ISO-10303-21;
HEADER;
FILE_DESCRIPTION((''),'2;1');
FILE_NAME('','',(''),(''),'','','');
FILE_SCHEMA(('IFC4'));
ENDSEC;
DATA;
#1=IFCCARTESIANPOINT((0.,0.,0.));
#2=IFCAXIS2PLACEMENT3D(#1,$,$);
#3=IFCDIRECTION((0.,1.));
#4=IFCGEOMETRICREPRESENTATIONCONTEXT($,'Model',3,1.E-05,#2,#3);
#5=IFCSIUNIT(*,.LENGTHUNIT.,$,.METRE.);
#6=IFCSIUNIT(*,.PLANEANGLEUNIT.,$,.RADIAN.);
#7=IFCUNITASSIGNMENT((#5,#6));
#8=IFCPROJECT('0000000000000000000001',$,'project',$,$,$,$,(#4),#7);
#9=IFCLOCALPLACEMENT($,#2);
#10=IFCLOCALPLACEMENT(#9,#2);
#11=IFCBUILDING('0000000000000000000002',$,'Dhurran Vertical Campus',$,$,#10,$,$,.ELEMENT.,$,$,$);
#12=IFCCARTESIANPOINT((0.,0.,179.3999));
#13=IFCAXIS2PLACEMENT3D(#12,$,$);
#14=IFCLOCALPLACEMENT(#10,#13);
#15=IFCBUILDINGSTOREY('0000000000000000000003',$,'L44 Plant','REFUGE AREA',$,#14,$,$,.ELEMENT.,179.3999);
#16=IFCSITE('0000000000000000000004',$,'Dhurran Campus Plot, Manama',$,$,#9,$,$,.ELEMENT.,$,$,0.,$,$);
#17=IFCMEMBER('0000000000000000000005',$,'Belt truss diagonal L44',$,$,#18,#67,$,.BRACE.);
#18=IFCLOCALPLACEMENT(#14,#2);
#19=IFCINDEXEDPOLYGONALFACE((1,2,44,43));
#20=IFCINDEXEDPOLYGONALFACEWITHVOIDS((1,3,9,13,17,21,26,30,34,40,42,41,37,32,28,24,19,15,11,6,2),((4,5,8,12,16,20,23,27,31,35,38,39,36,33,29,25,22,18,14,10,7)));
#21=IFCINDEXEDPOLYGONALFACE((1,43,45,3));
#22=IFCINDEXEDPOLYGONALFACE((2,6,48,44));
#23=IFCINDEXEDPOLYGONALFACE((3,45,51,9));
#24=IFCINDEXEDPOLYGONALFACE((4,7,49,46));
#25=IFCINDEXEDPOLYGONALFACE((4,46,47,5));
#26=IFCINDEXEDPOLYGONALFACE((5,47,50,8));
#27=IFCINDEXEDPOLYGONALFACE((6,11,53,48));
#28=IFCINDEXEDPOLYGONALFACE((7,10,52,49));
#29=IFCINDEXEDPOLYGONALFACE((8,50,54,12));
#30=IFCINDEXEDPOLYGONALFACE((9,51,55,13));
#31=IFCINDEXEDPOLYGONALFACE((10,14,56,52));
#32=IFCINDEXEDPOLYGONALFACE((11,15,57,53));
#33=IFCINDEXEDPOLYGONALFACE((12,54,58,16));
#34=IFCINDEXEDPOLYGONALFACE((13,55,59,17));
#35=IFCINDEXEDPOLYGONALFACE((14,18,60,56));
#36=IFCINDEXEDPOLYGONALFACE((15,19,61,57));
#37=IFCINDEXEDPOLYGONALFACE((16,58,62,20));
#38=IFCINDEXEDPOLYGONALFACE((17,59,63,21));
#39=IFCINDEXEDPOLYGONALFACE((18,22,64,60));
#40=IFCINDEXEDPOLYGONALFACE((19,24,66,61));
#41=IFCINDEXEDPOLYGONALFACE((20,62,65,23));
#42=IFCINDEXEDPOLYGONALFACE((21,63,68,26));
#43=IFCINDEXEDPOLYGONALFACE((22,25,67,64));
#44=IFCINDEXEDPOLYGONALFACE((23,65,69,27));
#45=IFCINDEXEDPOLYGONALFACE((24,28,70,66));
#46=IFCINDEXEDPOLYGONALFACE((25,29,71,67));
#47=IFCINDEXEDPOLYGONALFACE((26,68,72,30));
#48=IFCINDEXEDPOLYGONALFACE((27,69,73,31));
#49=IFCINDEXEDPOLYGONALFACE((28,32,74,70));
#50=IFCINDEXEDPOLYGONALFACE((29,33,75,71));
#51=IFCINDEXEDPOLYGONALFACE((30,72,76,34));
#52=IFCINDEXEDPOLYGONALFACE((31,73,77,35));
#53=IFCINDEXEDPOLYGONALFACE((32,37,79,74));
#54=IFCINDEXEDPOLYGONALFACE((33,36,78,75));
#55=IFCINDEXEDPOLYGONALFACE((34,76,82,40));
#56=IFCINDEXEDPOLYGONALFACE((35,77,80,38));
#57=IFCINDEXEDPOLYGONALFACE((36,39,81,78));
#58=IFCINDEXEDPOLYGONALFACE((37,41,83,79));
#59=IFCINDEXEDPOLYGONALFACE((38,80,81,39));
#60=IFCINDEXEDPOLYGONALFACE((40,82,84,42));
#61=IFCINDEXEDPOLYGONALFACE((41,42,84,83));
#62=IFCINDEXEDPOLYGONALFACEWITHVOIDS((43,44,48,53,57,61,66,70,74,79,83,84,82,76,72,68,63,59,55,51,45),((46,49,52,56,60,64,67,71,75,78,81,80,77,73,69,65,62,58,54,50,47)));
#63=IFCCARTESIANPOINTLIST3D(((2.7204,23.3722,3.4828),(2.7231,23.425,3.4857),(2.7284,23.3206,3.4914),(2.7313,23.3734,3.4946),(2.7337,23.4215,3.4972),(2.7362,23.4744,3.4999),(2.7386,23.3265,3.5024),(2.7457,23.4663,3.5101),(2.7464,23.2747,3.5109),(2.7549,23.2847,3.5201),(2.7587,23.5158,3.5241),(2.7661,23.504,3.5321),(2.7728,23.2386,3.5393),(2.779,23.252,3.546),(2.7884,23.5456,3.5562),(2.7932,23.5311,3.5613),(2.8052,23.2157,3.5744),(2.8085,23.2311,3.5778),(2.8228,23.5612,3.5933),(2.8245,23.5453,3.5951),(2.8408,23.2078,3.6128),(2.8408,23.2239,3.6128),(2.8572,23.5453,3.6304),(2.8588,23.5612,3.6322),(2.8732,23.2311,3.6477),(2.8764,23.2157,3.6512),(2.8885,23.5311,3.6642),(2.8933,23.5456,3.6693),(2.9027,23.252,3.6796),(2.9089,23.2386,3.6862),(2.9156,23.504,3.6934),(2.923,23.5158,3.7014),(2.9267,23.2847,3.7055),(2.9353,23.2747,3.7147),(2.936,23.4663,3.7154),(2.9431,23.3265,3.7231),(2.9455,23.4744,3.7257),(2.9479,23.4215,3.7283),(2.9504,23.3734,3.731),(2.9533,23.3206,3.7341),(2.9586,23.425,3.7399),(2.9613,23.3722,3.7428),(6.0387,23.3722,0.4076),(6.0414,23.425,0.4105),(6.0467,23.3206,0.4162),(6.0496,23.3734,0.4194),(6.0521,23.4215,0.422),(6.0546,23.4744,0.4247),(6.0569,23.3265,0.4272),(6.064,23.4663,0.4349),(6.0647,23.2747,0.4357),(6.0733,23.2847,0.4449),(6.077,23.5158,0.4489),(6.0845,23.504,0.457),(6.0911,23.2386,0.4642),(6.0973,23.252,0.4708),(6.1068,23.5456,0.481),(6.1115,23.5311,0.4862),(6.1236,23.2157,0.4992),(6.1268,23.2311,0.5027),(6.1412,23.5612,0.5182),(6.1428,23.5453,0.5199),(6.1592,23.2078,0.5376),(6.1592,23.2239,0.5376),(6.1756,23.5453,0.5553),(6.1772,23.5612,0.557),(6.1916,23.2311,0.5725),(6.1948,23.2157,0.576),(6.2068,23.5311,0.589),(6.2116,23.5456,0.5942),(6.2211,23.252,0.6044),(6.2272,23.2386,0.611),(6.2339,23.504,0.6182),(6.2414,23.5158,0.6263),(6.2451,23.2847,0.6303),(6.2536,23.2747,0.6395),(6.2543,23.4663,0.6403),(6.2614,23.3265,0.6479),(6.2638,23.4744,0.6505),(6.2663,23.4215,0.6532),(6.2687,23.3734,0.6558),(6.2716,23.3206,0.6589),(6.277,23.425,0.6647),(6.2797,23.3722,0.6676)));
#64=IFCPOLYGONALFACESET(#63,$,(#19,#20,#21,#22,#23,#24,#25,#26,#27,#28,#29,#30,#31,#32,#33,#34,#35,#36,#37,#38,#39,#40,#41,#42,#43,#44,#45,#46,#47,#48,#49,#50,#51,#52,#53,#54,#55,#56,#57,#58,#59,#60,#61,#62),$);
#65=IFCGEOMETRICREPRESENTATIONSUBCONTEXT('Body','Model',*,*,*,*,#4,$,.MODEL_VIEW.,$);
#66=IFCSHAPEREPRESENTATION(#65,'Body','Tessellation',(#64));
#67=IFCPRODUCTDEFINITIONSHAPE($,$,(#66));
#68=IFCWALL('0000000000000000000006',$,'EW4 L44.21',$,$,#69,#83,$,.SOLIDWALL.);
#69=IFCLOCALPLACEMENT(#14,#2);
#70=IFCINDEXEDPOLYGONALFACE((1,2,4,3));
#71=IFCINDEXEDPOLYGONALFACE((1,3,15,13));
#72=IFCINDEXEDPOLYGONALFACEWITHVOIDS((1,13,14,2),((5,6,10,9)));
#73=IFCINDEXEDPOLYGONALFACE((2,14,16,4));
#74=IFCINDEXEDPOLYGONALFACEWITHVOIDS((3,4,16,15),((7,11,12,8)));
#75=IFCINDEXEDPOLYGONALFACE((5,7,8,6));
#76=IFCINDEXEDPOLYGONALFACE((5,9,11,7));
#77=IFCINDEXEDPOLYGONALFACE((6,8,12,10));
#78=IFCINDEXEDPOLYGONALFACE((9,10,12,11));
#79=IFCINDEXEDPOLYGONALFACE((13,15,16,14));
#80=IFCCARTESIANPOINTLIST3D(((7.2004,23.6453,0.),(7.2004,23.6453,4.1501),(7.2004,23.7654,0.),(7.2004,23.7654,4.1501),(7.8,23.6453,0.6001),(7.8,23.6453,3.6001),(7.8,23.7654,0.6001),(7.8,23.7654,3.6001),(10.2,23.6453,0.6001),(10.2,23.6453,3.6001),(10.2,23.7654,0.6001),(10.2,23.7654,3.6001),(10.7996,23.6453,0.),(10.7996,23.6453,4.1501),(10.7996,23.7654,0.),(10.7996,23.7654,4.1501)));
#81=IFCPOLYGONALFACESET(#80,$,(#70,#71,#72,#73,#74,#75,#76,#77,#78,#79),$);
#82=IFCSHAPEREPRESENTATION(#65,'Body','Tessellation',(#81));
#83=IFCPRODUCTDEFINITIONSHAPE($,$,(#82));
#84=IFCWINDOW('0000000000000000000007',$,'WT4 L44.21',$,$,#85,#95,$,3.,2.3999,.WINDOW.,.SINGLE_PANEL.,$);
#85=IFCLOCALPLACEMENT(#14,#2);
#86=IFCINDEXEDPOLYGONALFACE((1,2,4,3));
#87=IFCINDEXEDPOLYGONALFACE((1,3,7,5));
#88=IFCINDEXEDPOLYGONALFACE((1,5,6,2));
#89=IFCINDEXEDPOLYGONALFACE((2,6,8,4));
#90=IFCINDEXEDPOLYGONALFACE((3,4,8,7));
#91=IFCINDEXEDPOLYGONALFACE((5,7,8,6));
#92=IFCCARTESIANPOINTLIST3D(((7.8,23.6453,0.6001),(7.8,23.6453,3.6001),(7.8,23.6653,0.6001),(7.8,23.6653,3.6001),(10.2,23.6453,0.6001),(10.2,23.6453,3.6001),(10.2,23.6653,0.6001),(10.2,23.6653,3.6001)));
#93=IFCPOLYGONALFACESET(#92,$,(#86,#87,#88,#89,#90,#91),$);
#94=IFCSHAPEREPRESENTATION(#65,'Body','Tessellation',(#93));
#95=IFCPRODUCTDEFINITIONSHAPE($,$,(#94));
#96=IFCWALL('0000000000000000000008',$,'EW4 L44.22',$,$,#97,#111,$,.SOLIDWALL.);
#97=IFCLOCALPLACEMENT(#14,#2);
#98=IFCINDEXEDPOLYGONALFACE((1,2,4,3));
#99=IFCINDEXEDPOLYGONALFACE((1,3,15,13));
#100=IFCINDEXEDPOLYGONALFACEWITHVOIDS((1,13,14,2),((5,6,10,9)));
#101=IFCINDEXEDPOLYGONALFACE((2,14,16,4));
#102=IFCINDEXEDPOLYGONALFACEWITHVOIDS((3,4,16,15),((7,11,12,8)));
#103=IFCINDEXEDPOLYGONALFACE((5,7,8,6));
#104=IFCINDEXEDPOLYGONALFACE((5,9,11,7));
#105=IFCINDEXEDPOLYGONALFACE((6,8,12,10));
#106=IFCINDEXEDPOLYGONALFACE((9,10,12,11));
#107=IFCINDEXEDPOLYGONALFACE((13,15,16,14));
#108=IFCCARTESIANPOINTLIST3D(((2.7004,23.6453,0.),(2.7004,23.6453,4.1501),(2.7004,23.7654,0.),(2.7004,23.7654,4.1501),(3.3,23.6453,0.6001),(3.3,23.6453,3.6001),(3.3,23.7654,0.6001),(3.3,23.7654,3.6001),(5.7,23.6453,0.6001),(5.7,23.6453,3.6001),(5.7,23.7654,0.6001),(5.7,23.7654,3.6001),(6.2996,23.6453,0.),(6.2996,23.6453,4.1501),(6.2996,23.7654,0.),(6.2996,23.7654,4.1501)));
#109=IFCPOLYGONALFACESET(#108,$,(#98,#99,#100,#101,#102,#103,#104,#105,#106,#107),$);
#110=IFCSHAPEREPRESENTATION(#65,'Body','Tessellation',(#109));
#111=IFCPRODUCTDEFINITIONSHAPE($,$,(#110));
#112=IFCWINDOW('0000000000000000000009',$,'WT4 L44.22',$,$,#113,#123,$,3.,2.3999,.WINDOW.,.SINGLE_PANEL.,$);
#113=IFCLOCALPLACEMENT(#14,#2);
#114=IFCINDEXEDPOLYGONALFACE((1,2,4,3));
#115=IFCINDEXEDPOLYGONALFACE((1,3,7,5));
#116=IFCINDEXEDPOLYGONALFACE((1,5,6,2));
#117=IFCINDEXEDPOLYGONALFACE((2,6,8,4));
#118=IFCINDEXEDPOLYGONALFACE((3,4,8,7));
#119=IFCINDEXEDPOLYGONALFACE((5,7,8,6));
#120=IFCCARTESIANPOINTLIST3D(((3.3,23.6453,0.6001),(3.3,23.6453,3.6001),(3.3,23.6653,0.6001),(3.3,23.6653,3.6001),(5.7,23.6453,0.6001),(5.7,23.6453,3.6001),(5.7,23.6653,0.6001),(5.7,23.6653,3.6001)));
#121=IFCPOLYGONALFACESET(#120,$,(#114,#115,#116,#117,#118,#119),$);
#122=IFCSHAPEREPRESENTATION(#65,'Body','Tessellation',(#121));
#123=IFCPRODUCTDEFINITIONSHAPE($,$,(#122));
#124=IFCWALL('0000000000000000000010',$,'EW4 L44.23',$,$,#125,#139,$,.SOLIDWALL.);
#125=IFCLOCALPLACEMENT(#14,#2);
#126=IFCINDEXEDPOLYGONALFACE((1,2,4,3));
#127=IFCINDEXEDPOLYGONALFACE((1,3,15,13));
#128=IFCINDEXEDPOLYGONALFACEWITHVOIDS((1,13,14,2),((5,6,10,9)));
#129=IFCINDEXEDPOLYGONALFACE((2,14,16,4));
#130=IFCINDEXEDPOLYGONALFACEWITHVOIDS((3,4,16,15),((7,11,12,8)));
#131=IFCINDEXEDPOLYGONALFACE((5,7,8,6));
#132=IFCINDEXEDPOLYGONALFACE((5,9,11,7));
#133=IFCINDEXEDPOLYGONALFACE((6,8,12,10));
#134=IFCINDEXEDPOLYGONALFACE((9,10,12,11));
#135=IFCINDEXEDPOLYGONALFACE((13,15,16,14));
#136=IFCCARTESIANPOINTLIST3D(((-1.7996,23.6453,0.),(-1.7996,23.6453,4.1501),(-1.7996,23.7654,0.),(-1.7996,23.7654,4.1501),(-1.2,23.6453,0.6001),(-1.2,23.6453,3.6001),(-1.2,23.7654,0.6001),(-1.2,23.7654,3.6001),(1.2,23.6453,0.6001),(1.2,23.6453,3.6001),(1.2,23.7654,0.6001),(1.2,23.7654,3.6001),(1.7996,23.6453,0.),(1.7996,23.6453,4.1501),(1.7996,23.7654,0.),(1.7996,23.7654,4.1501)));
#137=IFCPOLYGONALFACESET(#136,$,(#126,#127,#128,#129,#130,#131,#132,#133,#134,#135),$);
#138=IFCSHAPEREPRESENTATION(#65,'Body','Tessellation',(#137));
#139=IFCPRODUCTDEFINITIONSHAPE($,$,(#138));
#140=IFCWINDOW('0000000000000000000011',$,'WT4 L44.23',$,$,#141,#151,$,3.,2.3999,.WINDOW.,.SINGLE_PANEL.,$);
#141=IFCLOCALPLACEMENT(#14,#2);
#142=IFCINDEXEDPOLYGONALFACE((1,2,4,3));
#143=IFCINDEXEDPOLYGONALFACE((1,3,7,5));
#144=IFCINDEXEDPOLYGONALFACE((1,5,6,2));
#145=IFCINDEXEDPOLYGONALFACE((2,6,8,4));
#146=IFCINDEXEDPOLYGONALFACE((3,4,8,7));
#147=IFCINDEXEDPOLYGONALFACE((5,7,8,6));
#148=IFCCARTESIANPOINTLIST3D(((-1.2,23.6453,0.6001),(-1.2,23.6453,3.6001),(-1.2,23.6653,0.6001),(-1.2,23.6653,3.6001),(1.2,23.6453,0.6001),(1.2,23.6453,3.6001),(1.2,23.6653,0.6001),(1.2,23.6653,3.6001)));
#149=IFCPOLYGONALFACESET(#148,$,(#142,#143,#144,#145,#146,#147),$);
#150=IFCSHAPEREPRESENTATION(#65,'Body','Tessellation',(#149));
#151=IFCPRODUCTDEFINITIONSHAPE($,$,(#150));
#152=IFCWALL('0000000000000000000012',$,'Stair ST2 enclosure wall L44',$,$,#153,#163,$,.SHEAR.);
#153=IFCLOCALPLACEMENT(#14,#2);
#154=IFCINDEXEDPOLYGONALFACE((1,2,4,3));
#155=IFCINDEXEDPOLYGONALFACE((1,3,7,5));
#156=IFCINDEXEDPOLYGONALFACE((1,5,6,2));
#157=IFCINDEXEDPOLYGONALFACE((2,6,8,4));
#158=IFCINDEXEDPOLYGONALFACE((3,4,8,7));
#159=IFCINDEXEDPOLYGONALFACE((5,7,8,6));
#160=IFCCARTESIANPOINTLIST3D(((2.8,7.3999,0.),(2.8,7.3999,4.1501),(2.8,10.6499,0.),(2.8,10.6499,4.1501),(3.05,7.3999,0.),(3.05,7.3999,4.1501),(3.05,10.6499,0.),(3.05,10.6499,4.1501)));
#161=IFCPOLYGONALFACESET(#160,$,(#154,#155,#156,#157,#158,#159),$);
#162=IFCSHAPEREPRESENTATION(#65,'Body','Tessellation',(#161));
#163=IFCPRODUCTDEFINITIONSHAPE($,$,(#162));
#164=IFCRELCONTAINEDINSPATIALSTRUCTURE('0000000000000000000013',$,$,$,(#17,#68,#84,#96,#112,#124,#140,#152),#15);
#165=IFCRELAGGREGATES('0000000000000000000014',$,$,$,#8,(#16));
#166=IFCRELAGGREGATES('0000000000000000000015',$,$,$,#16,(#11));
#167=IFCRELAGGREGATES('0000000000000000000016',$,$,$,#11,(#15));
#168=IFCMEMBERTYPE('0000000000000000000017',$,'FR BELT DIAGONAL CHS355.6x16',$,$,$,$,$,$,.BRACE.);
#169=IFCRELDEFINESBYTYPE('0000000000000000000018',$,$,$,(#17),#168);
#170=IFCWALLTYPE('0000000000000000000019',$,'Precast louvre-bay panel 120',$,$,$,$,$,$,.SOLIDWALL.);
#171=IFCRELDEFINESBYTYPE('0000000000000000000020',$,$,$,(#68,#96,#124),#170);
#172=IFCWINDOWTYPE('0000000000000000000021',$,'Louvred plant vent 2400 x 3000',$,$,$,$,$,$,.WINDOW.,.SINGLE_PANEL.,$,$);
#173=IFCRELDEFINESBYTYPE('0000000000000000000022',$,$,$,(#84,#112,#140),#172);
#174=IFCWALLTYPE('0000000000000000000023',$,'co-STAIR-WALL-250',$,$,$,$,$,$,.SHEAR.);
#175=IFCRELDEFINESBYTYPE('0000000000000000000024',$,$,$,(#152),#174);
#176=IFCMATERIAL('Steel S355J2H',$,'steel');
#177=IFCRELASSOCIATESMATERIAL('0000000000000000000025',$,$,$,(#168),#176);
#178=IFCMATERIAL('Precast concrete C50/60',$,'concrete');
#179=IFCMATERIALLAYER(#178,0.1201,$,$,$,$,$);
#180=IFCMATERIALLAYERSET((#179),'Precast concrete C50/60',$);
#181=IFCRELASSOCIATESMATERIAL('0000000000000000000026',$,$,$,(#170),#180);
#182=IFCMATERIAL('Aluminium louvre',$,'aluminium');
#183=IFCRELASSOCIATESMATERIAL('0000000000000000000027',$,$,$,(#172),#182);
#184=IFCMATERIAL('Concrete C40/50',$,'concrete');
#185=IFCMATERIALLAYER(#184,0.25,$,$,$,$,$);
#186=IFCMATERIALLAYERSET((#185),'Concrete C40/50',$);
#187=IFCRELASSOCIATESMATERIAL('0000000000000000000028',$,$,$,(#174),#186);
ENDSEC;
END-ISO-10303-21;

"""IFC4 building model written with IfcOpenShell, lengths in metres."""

from ifc_helpers import new_model, si_unit, direction, frame, frame_2d, origin, origin_2d, place, context, subcontext, project, spatial, rectangle, hollow_circle, extrude, material, layer, layer_set, material_profile, profile_set, type_object, element, fill, save


model = new_model("IFC4")

# Units and contexts
model_context = context("Model", 3, precision=1e-05, world=origin(), true_north=direction((0.0, 1.0)))
body_context = subcontext(model_context, "Body", "Model", "MODEL_VIEW")
ifc_project = project(units=[si_unit("LENGTHUNIT", "METRE"), si_unit("PLANEANGLEUNIT", "RADIAN")], contexts=[model_context])

# Site, building, storey
site_placement = place(None, origin())
site = spatial("IfcSite", under=ifc_project, at=site_placement, Name="Dhurran Campus Plot, Manama", CompositionType="ELEMENT", RefElevation=0.0)
building_placement = place(site_placement, origin())
building = spatial("IfcBuilding", under=site, at=building_placement, Name="Dhurran Vertical Campus", CompositionType="ELEMENT")
storey_placement = place(building_placement, frame((0.0, 0.0, 179.3999)))
storey = spatial("IfcBuildingStorey", under=building, at=storey_placement, Name="L44 Plant", Description="REFUGE AREA", CompositionType="ELEMENT", Elevation=179.3999)

# Member
ifc_material_1 = material(Name="Steel S355J2H", Category="steel")
ifc_material_profile_1 = material_profile(ifc_material_1, hollow_circle(Radius=0.1777, WallThickness=0.0161, at=origin_2d()), Name="CHS355.6x16")
ifc_profile_set_1 = profile_set([ifc_material_profile_1], Name="Steel S355J2H")
member_type = type_object("IfcMemberType", Name="FR BELT DIAGONAL CHS355.6x16", PredefinedType="BRACE", material=ifc_profile_set_1)
for number, where, z_axis, x_axis, name in (
    (1, (6.1592, 23.3855, 0.5376), (-0.73347, 0.0, 0.679722), (0.0, -1.0, 0.0), "Belt truss diagonal L44"),
):
    element("IfcMember", number, at=place(storey_placement, frame(where, z_axis=z_axis, x_axis=x_axis)), inside=storey, type_object=member_type, Name=name, PredefinedType="BRACE", context=body_context, shape_type="SweptSolid", body=[
        extrude(hollow_circle(Radius=0.1777, WallThickness=0.0161, at=origin_2d()), origin(), (0.0, 0.0, 1.0), 4.5242),
    ])

# Walls, openings, windows
ifc_material_2 = material(Name="Precast concrete C50/60", Category="concrete")
ifc_layer_1 = layer(ifc_material_2, 0.1201)
ifc_layer_set_1 = layer_set([ifc_layer_1], Name="Precast concrete C50/60")
wall_type_1 = type_object("IfcWallType", Name="Precast louvre-bay panel 120", PredefinedType="SOLIDWALL", material=ifc_layer_set_1)
wall_1_placement = place(storey_placement, frame((10.7996, 23.7053, 0.0), z_axis=(0.0, 0.0, 1.0), x_axis=(-1.0, 0.0, 0.0)))
wall_1 = element("IfcWall", 2, at=wall_1_placement, inside=storey, type_object=wall_type_1, Name="EW4 L44.21", PredefinedType="SOLIDWALL", context=body_context, shape_type="SweptSolid", body=[
    extrude(rectangle(XDim=3.5991, YDim=0.1201, at=frame_2d((1.7996, 0.0))), origin(), (0.0, 0.0, 1.0), 4.1501),
])
opening_1_placement = place(wall_1_placement, frame((0.5996, 0.0, 0.6001)))
opening_1 = element("IfcOpeningElement", 3, at=opening_1_placement, cuts=wall_1, PredefinedType="OPENING", context=body_context, shape_type="SweptSolid", body=[
    extrude(rectangle(XDim=2.3999, YDim=3.0, at=frame_2d((1.2, 1.5))), frame((0.0, 0.0701, 0.0), z_axis=(0.0, -1.0, 0.0), x_axis=(1.0, 0.0, 0.0)), (0.0, 0.0, 1.0), 0.1401),
])
ifc_material_3 = material(Name="Aluminium louvre", Category="aluminium")
window_type = type_object("IfcWindowType", Name="Louvred plant vent 2400 x 3000", PartitioningType="SINGLE_PANEL", PredefinedType="WINDOW", material=ifc_material_3)
window_1_placement = place(opening_1_placement, origin())
window_1 = element("IfcWindow", 4, at=window_1_placement, inside=storey, type_object=window_type, Name="WT4 L44.21", OverallHeight=3.0, OverallWidth=2.3999, PartitioningType="SINGLE_PANEL", PredefinedType="WINDOW", context=body_context, shape_type="SweptSolid", body=[
    extrude(rectangle(XDim=2.3999, YDim=3.0, at=frame_2d((1.2, 1.5))), frame((0.0, 0.0601, 0.0), z_axis=(0.0, -1.0, 0.0), x_axis=(1.0, 0.0, 0.0)), (0.0, 0.0, 1.0), 0.02),
])
fill(opening_1, window_1)
wall_2_placement = place(storey_placement, frame((6.2996, 23.7053, 0.0), z_axis=(0.0, 0.0, 1.0), x_axis=(-1.0, 0.0, 0.0)))
wall_2 = element("IfcWall", 5, at=wall_2_placement, inside=storey, type_object=wall_type_1, Name="EW4 L44.22", PredefinedType="SOLIDWALL", context=body_context, shape_type="SweptSolid", body=[
    extrude(rectangle(XDim=3.5991, YDim=0.1201, at=frame_2d((1.7996, 0.0))), origin(), (0.0, 0.0, 1.0), 4.1501),
])
opening_2_placement = place(wall_2_placement, frame((0.5996, 0.0, 0.6001)))
opening_2 = element("IfcOpeningElement", 6, at=opening_2_placement, cuts=wall_2, PredefinedType="OPENING", context=body_context, shape_type="SweptSolid", body=[
    extrude(rectangle(XDim=2.3999, YDim=3.0, at=frame_2d((1.2, 1.5))), frame((0.0, 0.0701, 0.0), z_axis=(0.0, -1.0, 0.0), x_axis=(1.0, 0.0, 0.0)), (0.0, 0.0, 1.0), 0.1401),
])
window_2_placement = place(opening_2_placement, origin())
window_2 = element("IfcWindow", 7, at=window_2_placement, inside=storey, type_object=window_type, Name="WT4 L44.22", OverallHeight=3.0, OverallWidth=2.3999, PartitioningType="SINGLE_PANEL", PredefinedType="WINDOW", context=body_context, shape_type="SweptSolid", body=[
    extrude(rectangle(XDim=2.3999, YDim=3.0, at=frame_2d((1.2, 1.5))), frame((0.0, 0.0601, 0.0), z_axis=(0.0, -1.0, 0.0), x_axis=(1.0, 0.0, 0.0)), (0.0, 0.0, 1.0), 0.02),
])
fill(opening_2, window_2)
wall_3_placement = place(storey_placement, frame((1.7996, 23.7053, 0.0), z_axis=(0.0, 0.0, 1.0), x_axis=(-1.0, 0.0, 0.0)))
wall_3 = element("IfcWall", 8, at=wall_3_placement, inside=storey, type_object=wall_type_1, Name="EW4 L44.23", PredefinedType="SOLIDWALL", context=body_context, shape_type="SweptSolid", body=[
    extrude(rectangle(XDim=3.5991, YDim=0.1201, at=frame_2d((1.7996, 0.0))), origin(), (0.0, 0.0, 1.0), 4.1501),
])
opening_3_placement = place(wall_3_placement, frame((0.5996, 0.0, 0.6001)))
opening_3 = element("IfcOpeningElement", 9, at=opening_3_placement, cuts=wall_3, PredefinedType="OPENING", context=body_context, shape_type="SweptSolid", body=[
    extrude(rectangle(XDim=2.3999, YDim=3.0, at=frame_2d((1.2, 1.5))), frame((0.0, 0.0701, 0.0), z_axis=(0.0, -1.0, 0.0), x_axis=(1.0, 0.0, 0.0)), (0.0, 0.0, 1.0), 0.1401),
])
window_3_placement = place(opening_3_placement, origin())
window_3 = element("IfcWindow", 10, at=window_3_placement, inside=storey, type_object=window_type, Name="WT4 L44.23", OverallHeight=3.0, OverallWidth=2.3999, PartitioningType="SINGLE_PANEL", PredefinedType="WINDOW", context=body_context, shape_type="SweptSolid", body=[
    extrude(rectangle(XDim=2.3999, YDim=3.0, at=frame_2d((1.2, 1.5))), frame((0.0, 0.0601, 0.0), z_axis=(0.0, -1.0, 0.0), x_axis=(1.0, 0.0, 0.0)), (0.0, 0.0, 1.0), 0.02),
])
fill(opening_3, window_3)

# Wall
ifc_material_4 = material(Name="Concrete C40/50", Category="concrete")
ifc_layer_2 = layer(ifc_material_4, 0.25)
ifc_layer_set_2 = layer_set([ifc_layer_2], Name="Concrete C40/50")
wall_type_2 = type_object("IfcWallType", Name="co-STAIR-WALL-250", PredefinedType="SHEAR", material=ifc_layer_set_2)
wall_4_placement = place(storey_placement, frame((2.925, 7.3999, 0.0), z_axis=(0.0, 0.0, 1.0), x_axis=(0.0, 1.0, 0.0)))
element("IfcWall", 11, at=wall_4_placement, inside=storey, type_object=wall_type_2, Name="Stair ST2 enclosure wall L44", PredefinedType="SHEAR", context=body_context, shape_type="SweptSolid", body=[
    extrude(rectangle(XDim=3.25, YDim=0.25, at=frame_2d((1.625, 0.0))), origin(), (0.0, 0.0, 1.0), 4.1501),
])

save(model, "model.ifc")
